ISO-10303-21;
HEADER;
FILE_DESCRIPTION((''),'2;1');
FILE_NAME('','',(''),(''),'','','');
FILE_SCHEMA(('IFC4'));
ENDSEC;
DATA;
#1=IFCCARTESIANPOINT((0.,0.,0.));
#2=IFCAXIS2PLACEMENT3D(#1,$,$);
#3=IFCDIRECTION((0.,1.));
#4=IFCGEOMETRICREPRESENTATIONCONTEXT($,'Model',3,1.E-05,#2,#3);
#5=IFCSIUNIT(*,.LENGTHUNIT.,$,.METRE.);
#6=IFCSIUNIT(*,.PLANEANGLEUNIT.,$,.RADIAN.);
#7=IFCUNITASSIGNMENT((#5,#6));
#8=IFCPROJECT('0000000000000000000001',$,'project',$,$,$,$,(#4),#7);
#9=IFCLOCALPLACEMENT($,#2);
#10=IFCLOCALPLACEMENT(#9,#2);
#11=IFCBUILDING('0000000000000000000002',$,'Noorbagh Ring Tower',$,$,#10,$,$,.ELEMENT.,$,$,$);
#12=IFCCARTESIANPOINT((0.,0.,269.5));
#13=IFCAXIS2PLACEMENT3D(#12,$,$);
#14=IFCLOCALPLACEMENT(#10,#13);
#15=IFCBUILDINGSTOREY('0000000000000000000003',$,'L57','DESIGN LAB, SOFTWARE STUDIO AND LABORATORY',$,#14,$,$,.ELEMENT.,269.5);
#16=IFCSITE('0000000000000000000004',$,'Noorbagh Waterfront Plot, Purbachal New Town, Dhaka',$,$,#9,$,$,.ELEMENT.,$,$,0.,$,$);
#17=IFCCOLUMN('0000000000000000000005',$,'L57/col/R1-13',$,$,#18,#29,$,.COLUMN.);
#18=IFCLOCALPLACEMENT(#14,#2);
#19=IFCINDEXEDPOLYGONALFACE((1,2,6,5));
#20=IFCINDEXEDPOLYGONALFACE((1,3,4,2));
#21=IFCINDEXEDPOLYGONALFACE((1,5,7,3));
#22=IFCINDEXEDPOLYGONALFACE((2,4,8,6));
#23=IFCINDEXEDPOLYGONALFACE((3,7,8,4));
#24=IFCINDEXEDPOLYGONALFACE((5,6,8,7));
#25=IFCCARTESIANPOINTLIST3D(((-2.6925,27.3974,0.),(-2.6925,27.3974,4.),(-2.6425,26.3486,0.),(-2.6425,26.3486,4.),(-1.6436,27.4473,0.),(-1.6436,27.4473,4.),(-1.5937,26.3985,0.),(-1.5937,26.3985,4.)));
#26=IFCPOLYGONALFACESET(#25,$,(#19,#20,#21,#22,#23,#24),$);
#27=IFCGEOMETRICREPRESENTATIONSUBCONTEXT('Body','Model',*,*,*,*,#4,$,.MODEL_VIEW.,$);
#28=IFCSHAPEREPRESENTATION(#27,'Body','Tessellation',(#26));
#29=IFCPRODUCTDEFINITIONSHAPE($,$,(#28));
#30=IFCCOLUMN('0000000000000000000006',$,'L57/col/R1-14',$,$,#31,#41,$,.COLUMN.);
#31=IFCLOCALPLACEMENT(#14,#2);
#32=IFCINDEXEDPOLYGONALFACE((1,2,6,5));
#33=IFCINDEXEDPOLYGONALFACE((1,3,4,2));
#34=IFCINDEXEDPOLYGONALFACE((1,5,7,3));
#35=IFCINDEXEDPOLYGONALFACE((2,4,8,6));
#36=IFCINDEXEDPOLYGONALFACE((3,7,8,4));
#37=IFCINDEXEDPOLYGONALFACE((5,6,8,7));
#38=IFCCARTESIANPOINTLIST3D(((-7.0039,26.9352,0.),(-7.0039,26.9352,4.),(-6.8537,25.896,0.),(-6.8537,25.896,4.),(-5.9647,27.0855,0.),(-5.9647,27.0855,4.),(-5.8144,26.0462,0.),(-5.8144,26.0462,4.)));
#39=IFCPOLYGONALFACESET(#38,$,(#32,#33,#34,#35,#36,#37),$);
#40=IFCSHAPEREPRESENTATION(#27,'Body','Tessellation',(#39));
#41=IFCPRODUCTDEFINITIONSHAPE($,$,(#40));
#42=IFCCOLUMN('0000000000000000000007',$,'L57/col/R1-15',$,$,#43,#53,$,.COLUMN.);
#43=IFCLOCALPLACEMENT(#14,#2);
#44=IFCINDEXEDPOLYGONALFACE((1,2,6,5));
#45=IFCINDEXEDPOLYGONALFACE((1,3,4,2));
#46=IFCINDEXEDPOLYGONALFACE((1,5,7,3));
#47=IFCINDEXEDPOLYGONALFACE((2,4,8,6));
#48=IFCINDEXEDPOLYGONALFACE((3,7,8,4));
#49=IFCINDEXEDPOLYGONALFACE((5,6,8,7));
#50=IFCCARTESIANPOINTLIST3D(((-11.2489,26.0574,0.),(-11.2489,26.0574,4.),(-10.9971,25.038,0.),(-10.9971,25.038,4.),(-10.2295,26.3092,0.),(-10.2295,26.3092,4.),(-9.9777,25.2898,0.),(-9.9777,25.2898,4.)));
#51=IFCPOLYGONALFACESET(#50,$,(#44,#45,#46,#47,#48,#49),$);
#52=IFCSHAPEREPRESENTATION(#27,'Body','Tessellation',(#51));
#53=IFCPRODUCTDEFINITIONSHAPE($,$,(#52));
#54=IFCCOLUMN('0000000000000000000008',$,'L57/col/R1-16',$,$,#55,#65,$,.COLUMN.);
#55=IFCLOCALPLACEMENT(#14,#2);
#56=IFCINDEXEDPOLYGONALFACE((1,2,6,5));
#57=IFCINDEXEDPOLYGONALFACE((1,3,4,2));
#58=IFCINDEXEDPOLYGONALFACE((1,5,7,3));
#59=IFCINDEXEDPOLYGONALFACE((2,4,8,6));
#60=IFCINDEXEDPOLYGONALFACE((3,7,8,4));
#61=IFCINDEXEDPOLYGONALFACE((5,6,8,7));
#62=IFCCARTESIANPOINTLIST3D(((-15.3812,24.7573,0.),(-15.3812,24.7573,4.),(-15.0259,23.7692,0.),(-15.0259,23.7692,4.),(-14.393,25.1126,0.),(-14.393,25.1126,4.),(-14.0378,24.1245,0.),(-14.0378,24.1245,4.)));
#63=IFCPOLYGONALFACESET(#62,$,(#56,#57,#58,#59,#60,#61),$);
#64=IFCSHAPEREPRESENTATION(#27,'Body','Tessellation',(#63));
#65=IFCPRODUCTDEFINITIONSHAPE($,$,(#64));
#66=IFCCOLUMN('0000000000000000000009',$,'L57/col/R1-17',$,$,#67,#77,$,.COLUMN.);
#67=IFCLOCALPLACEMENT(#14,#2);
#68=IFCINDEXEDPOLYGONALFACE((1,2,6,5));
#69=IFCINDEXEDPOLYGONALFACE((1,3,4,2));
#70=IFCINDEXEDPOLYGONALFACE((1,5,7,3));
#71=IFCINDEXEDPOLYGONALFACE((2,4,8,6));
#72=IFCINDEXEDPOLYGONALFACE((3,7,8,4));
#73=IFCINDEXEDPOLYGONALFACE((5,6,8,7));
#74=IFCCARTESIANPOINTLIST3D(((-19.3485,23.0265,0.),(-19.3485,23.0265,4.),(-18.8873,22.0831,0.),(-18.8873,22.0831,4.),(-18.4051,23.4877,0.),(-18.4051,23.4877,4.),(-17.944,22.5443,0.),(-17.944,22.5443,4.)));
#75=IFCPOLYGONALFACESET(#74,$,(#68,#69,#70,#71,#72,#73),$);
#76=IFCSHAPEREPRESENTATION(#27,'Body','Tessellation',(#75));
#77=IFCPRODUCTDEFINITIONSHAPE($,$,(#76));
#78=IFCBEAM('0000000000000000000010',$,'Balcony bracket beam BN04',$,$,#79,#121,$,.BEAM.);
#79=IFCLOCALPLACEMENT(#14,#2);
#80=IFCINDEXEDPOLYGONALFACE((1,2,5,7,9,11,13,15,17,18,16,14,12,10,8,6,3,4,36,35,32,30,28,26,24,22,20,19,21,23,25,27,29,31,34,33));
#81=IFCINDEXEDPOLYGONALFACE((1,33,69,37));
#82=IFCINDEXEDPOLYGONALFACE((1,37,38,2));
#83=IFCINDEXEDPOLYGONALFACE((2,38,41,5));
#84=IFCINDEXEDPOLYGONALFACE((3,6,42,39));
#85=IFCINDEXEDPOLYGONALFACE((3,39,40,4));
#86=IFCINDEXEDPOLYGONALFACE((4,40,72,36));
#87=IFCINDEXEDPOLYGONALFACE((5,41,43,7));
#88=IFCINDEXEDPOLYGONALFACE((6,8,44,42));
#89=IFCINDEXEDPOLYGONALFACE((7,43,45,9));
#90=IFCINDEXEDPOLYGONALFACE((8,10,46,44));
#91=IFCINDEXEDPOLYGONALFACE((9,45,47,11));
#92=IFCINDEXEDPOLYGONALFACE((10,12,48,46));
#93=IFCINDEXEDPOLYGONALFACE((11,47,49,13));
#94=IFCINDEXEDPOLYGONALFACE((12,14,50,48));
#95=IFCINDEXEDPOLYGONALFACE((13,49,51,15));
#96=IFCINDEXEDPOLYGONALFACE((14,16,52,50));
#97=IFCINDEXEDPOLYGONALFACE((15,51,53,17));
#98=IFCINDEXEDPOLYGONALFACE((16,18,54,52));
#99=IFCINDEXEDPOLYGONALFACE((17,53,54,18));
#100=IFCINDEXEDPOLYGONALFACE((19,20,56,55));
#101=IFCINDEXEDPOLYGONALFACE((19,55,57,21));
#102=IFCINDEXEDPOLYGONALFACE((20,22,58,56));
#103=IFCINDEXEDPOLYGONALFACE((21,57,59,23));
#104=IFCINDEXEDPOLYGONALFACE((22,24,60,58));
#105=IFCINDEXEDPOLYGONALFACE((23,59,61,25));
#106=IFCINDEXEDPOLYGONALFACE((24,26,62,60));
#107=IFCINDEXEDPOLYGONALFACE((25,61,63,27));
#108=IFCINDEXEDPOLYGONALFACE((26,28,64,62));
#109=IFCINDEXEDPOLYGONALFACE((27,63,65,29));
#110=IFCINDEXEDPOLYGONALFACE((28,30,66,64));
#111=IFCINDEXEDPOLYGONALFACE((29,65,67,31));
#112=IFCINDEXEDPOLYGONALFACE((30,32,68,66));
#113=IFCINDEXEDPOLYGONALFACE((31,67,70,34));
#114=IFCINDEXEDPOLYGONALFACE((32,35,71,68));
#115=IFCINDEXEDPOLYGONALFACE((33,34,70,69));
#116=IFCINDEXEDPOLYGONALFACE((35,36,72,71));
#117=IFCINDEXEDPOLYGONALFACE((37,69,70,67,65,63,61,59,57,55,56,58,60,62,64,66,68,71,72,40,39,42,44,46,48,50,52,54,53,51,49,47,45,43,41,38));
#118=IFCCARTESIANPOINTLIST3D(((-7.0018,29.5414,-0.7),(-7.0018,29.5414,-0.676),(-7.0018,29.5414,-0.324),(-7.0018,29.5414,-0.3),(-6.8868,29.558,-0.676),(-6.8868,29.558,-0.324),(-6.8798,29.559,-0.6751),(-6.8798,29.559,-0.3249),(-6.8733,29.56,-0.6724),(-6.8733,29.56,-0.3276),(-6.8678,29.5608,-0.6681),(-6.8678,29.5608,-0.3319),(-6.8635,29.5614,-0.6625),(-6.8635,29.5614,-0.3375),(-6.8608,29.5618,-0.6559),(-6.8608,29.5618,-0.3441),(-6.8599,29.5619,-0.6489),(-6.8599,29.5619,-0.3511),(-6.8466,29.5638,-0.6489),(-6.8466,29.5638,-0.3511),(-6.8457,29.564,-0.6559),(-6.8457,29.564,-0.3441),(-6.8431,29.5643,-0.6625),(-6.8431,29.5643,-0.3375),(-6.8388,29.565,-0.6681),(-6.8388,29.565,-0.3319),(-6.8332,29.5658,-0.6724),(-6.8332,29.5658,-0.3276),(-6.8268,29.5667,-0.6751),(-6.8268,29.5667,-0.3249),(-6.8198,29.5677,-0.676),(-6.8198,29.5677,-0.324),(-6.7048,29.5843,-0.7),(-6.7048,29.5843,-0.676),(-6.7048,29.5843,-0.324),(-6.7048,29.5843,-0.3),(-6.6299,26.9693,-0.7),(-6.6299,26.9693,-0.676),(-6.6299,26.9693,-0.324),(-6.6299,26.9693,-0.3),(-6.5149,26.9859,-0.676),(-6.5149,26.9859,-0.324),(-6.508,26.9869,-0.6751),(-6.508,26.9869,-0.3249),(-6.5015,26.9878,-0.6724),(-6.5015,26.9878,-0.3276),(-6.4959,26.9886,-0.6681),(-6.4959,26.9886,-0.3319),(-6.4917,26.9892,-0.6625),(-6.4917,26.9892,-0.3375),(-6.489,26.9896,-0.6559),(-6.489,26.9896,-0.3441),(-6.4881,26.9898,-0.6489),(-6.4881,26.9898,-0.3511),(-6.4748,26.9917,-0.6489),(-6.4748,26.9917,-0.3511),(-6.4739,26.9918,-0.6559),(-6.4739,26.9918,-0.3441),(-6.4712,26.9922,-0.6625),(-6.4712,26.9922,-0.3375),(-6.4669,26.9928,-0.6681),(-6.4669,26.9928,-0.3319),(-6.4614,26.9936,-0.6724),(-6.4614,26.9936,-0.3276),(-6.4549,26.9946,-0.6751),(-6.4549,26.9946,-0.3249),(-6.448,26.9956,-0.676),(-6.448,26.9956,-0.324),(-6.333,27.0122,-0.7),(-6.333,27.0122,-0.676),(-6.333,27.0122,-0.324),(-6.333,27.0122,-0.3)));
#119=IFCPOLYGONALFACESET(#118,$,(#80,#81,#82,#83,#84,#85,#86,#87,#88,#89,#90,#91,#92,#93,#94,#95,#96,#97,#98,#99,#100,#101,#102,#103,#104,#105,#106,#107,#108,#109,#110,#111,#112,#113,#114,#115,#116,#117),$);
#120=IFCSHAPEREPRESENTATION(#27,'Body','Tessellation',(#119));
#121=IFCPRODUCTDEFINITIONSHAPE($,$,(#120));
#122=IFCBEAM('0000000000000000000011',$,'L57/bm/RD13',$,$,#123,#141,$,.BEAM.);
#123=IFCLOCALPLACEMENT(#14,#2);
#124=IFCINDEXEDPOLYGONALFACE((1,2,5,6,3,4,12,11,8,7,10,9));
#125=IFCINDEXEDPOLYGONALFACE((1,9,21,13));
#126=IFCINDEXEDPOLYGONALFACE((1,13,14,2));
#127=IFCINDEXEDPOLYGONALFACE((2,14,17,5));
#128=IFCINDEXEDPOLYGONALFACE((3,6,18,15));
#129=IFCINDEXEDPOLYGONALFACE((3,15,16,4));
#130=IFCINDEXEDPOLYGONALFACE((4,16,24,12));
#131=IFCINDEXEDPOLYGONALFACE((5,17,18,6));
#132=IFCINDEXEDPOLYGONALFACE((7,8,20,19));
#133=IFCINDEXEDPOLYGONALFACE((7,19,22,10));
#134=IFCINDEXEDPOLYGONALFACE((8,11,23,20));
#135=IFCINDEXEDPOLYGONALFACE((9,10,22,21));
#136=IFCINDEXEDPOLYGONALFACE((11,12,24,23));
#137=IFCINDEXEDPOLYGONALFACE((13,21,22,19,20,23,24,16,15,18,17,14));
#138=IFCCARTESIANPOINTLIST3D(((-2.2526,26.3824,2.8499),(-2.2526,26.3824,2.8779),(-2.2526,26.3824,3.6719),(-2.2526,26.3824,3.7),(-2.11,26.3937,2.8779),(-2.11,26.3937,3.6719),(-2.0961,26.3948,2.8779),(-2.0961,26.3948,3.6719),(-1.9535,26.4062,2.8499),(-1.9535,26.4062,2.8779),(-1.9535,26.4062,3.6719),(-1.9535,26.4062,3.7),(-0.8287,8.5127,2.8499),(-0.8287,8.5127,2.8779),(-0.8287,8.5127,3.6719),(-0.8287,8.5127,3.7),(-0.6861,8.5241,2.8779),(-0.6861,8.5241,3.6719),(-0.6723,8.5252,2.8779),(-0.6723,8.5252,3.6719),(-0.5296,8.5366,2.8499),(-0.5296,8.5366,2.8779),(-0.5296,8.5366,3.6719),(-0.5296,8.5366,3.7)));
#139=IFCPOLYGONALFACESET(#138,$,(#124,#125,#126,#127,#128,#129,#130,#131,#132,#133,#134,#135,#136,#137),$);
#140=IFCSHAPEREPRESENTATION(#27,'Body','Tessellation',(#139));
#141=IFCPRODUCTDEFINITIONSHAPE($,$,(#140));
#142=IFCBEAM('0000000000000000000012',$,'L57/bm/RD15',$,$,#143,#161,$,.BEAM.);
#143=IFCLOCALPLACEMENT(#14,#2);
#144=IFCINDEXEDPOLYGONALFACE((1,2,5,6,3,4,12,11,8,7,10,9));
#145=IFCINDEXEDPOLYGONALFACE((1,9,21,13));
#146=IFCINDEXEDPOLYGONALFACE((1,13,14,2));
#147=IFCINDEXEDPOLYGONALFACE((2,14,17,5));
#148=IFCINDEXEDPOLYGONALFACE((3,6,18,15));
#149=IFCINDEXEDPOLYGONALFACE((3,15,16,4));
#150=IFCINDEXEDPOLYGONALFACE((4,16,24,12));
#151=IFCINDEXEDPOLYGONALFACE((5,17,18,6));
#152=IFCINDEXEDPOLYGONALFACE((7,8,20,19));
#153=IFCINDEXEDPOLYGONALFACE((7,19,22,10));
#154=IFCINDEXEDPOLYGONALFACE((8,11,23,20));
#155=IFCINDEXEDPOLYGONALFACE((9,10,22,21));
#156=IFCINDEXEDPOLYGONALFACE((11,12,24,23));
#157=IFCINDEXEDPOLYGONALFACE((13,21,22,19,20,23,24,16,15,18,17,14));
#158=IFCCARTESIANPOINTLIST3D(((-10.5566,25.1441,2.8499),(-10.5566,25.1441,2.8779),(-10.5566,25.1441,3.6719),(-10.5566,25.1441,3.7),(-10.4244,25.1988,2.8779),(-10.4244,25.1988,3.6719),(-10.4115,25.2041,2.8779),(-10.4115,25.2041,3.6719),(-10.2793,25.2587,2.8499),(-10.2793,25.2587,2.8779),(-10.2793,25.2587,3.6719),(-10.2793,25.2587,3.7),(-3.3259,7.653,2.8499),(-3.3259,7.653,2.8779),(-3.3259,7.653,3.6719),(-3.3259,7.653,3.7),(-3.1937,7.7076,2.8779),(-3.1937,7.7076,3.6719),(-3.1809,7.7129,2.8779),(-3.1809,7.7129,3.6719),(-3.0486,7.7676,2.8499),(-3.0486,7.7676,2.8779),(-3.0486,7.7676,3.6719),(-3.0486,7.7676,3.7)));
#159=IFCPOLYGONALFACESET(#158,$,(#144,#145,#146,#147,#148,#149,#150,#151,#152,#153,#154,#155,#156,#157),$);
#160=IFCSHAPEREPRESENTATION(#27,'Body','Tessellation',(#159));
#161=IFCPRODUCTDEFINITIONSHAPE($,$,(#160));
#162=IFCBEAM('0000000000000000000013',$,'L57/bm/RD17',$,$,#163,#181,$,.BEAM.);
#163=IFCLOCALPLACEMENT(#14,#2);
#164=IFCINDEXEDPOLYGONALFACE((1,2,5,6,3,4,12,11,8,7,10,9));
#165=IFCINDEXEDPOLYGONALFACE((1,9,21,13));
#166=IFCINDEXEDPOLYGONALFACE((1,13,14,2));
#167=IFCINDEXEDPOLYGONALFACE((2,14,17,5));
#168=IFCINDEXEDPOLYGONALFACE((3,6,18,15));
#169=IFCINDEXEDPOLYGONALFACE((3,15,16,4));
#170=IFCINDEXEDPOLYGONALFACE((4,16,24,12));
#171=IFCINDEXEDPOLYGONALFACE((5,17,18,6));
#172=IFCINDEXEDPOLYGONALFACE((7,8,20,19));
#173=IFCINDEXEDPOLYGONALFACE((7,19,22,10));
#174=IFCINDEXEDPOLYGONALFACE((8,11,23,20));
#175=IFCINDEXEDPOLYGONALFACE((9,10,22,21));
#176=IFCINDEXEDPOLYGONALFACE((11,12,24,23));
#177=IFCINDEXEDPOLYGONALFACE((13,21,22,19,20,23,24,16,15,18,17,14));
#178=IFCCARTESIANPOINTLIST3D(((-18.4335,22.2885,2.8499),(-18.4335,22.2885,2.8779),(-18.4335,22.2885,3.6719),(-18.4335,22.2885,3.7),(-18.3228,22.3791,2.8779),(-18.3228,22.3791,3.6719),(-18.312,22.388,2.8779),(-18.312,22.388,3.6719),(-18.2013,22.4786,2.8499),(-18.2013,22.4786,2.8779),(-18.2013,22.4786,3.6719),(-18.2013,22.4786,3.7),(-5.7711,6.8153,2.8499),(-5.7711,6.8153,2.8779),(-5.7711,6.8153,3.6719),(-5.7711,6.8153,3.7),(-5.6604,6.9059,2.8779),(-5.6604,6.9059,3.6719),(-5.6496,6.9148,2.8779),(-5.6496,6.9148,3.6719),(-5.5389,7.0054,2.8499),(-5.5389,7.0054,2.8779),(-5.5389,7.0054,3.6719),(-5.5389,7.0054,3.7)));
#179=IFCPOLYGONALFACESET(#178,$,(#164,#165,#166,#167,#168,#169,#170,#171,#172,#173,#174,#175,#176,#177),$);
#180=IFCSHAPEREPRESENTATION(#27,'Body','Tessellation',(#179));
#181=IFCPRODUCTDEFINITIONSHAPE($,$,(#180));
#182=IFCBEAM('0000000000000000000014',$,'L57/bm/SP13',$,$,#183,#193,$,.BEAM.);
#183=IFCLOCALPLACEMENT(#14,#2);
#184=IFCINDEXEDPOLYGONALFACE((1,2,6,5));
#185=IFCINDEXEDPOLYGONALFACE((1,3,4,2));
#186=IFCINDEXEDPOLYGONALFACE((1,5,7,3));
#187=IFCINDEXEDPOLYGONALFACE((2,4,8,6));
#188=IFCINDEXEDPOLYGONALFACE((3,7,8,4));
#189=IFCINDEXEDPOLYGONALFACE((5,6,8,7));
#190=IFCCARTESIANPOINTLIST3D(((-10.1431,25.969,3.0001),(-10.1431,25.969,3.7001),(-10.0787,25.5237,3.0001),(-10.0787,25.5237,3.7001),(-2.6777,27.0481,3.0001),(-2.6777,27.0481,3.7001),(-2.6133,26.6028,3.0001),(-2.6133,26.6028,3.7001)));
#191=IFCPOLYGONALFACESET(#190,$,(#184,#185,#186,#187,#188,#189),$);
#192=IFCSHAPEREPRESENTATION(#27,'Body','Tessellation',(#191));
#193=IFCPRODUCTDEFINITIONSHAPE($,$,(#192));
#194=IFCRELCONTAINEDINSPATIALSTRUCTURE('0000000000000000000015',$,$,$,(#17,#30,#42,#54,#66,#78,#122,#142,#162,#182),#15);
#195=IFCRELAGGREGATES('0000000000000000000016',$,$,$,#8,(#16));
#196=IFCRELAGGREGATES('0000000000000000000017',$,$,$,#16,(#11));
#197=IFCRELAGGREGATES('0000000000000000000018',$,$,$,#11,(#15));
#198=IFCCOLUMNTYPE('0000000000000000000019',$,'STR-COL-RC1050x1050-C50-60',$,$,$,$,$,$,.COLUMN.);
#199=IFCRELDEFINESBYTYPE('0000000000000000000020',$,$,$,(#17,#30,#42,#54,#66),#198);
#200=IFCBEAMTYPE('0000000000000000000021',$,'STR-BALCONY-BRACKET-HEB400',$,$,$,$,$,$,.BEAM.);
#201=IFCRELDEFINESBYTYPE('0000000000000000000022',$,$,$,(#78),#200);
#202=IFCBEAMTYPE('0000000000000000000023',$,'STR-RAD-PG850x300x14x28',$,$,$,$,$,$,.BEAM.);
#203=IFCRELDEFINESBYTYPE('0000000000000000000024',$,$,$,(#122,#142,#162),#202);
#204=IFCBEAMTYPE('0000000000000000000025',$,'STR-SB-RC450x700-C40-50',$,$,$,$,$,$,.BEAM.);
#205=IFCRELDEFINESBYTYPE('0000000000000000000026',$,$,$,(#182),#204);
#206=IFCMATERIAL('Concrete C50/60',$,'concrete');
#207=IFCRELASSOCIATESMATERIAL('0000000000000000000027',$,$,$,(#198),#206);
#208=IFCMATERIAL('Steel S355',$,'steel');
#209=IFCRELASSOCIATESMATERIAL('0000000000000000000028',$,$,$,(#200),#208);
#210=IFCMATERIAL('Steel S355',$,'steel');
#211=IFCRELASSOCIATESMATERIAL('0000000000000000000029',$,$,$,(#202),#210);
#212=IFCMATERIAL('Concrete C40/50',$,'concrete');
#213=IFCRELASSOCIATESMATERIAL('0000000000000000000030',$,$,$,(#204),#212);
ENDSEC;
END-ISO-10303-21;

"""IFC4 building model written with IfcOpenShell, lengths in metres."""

from ifc_helpers import new_model, si_unit, direction, frame, origin, origin_2d, place, context, subcontext, project, spatial, rectangle, i_section, extrude, material, material_profile, profile_set, type_object, element, save


model = new_model("IFC4")

# Units and contexts
model_context = context("Model", 3, precision=1e-05, world=origin(), true_north=direction((0.0, 1.0)))
body_context = subcontext(model_context, "Body", "Model", "MODEL_VIEW")
ifc_project = project(units=[si_unit("LENGTHUNIT", "METRE"), si_unit("PLANEANGLEUNIT", "RADIAN")], contexts=[model_context])

# Site, building, storey
site_placement = place(None, origin())
site = spatial("IfcSite", under=ifc_project, at=site_placement, Name="Noorbagh Waterfront Plot, Purbachal New Town, Dhaka", CompositionType="ELEMENT", RefElevation=0.0)
building_placement = place(site_placement, origin())
building = spatial("IfcBuilding", under=site, at=building_placement, Name="Noorbagh Ring Tower", CompositionType="ELEMENT")
storey_placement = place(building_placement, frame((0.0, 0.0, 269.5)))
storey = spatial("IfcBuildingStorey", under=building, at=storey_placement, Name="L57", Description="DESIGN LAB, SOFTWARE STUDIO AND LABORATORY", CompositionType="ELEMENT", Elevation=269.5)

# Columns
ifc_material_1 = material(Name="Concrete C50/60", Category="concrete")
ifc_material_profile_1 = material_profile(ifc_material_1, rectangle(XDim=1.05, YDim=1.05, at=origin_2d()), Name="RC1050x1050")
ifc_profile_set_1 = profile_set([ifc_material_profile_1], Name="Concrete C50/60")
column_type = type_object("IfcColumnType", Name="STR-COL-RC1050x1050-C50-60", PredefinedType="COLUMN", material=ifc_profile_set_1)
for number, where, z_axis, x_axis, name in (
    (1, (-2.1431, 26.8979, 0.0), (0.0, 0.0, 1.0), (-0.998869, -0.047553, 0.0), "L57/col/R1-13"),
    (2, (-6.4092, 26.4907, 0.0), (0.0, 0.0, 1.0), (-0.989713, -0.143066, 0.0), "L57/col/R1-14"),
    (3, (-10.6133, 25.6736, 0.0), (0.0, 0.0, 1.0), (-0.970829, -0.239771, 0.0), "L57/col/R1-15"),
    (4, (-14.7095, 24.4409, 0.0), (0.0, 0.0, 1.0), (-0.941025, -0.338338, 0.0), "L57/col/R1-16"),
    (5, (-18.6462, 22.7854, 0.0), (0.0, 0.0, 1.0), (-0.898399, -0.43918, 0.0), "L57/col/R1-17"),
):
    element("IfcColumn", number, at=place(storey_placement, frame(where, z_axis=z_axis, x_axis=x_axis)), inside=storey, type_object=column_type, Name=name, PredefinedType="COLUMN", context=body_context, shape_type="SweptSolid", body=[
        extrude(rectangle(XDim=1.05, YDim=1.05, at=origin_2d()), origin(), (0.0, 0.0, 1.0), 4.0),
    ])

# Beams
ifc_material_2 = material(Name="Steel S355", Category="steel")
ifc_material_profile_2 = material_profile(ifc_material_2, i_section(OverallWidth=0.3, OverallDepth=0.3999, WebThickness=0.0134, FlangeThickness=0.0239, FilletRadius=0.0271, at=origin_2d()), Name="HEB400")
ifc_profile_set_2 = profile_set([ifc_material_profile_2], Name="Steel S355")
beam_type_1 = type_object("IfcBeamType", Name="STR-BALCONY-BRACKET-HEB400", PredefinedType="BEAM", material=ifc_profile_set_2)
beam_1_placement = place(storey_placement, frame((-6.4814, 26.9907, -0.5), z_axis=(-0.143078, 0.989711, 0.0), x_axis=(-0.989711, -0.143078, 0.0)))
element("IfcBeam", 6, at=beam_1_placement, inside=storey, type_object=beam_type_1, Name="Balcony bracket beam BN04", PredefinedType="BEAM", context=body_context, shape_type="SweptSolid", body=[
    extrude(i_section(OverallWidth=0.3, OverallDepth=0.3999, WebThickness=0.0134, FlangeThickness=0.0239, FilletRadius=0.0271, at=origin_2d()), origin(), (0.0, 0.0, 1.0), 2.5989),
])
ifc_material_3 = material(Name="Steel S355", Category="steel")
ifc_material_profile_3 = material_profile(ifc_material_3, i_section(OverallWidth=0.3, OverallDepth=0.8501, WebThickness=0.0139, FlangeThickness=0.0281, at=origin_2d()), Name="PG850x300x14x28")
ifc_profile_set_3 = profile_set([ifc_material_profile_3], Name="Steel S355")
beam_type_2 = type_object("IfcBeamType", Name="STR-RAD-PG850x300x14x28", PredefinedType="BEAM", material=ifc_profile_set_3)
beam_2_placement = place(storey_placement, frame((-2.103, 26.3943, 3.2749), z_axis=(0.079427, -0.996841, 0.0), x_axis=(0.996841, 0.079427, 0.0)))
element("IfcBeam", 7, at=beam_2_placement, inside=storey, type_object=beam_type_2, Name="L57/bm/RD13", PredefinedType="BEAM", context=body_context, shape_type="SweptSolid", body=[
    extrude(i_section(OverallWidth=0.3, OverallDepth=0.8501, WebThickness=0.0139, FlangeThickness=0.0281, at=origin_2d()), origin(), (0.0, 0.0, 1.0), 17.9263),
])
beam_3_placement = place(storey_placement, frame((-10.418, 25.2014, 3.2749), z_axis=(0.382035, -0.924148, 0.0), x_axis=(0.924148, 0.382035, 0.0)))
element("IfcBeam", 8, at=beam_3_placement, inside=storey, type_object=beam_type_2, Name="L57/bm/RD15", PredefinedType="BEAM", context=body_context, shape_type="SweptSolid", body=[
    extrude(i_section(OverallWidth=0.3, OverallDepth=0.8501, WebThickness=0.0139, FlangeThickness=0.0281, at=origin_2d()), origin(), (0.0, 0.0, 1.0), 18.9268),
])
beam_4_placement = place(storey_placement, frame((-18.3174, 22.3835, 3.2749), z_axis=(0.633313, -0.773896, 0.0), x_axis=(0.773896, 0.633313, 0.0)))
element("IfcBeam", 9, at=beam_4_placement, inside=storey, type_object=beam_type_2, Name="L57/bm/RD17", PredefinedType="BEAM", context=body_context, shape_type="SweptSolid", body=[
    extrude(i_section(OverallWidth=0.3, OverallDepth=0.8501, WebThickness=0.0139, FlangeThickness=0.0281, at=origin_2d()), origin(), (0.0, 0.0, 1.0), 19.9939),
])
ifc_material_4 = material(Name="Concrete C40/50", Category="concrete")
ifc_material_profile_4 = material_profile(ifc_material_4, rectangle(XDim=0.45, YDim=0.7, at=origin_2d()), Name="RC450x700")
ifc_profile_set_4 = profile_set([ifc_material_profile_4], Name="Concrete C40/50")
beam_type_3 = type_object("IfcBeamType", Name="STR-SB-RC450x700-C40-50", PredefinedType="BEAM", material=ifc_profile_set_4)
beam_5_placement = place(storey_placement, frame((-2.6455, 26.8254, 3.3501), z_axis=(-0.989714, -0.143062, 0.0), x_axis=(0.143062, -0.989714, 0.0)))
element("IfcBeam", 10, at=beam_5_placement, inside=storey, type_object=beam_type_3, Name="L57/bm/SP13", PredefinedType="BEAM", context=body_context, shape_type="SweptSolid", body=[
    extrude(rectangle(XDim=0.45, YDim=0.7, at=origin_2d()), origin(), (0.0, 0.0, 1.0), 7.543),
])

save(model, "model.ifc")
